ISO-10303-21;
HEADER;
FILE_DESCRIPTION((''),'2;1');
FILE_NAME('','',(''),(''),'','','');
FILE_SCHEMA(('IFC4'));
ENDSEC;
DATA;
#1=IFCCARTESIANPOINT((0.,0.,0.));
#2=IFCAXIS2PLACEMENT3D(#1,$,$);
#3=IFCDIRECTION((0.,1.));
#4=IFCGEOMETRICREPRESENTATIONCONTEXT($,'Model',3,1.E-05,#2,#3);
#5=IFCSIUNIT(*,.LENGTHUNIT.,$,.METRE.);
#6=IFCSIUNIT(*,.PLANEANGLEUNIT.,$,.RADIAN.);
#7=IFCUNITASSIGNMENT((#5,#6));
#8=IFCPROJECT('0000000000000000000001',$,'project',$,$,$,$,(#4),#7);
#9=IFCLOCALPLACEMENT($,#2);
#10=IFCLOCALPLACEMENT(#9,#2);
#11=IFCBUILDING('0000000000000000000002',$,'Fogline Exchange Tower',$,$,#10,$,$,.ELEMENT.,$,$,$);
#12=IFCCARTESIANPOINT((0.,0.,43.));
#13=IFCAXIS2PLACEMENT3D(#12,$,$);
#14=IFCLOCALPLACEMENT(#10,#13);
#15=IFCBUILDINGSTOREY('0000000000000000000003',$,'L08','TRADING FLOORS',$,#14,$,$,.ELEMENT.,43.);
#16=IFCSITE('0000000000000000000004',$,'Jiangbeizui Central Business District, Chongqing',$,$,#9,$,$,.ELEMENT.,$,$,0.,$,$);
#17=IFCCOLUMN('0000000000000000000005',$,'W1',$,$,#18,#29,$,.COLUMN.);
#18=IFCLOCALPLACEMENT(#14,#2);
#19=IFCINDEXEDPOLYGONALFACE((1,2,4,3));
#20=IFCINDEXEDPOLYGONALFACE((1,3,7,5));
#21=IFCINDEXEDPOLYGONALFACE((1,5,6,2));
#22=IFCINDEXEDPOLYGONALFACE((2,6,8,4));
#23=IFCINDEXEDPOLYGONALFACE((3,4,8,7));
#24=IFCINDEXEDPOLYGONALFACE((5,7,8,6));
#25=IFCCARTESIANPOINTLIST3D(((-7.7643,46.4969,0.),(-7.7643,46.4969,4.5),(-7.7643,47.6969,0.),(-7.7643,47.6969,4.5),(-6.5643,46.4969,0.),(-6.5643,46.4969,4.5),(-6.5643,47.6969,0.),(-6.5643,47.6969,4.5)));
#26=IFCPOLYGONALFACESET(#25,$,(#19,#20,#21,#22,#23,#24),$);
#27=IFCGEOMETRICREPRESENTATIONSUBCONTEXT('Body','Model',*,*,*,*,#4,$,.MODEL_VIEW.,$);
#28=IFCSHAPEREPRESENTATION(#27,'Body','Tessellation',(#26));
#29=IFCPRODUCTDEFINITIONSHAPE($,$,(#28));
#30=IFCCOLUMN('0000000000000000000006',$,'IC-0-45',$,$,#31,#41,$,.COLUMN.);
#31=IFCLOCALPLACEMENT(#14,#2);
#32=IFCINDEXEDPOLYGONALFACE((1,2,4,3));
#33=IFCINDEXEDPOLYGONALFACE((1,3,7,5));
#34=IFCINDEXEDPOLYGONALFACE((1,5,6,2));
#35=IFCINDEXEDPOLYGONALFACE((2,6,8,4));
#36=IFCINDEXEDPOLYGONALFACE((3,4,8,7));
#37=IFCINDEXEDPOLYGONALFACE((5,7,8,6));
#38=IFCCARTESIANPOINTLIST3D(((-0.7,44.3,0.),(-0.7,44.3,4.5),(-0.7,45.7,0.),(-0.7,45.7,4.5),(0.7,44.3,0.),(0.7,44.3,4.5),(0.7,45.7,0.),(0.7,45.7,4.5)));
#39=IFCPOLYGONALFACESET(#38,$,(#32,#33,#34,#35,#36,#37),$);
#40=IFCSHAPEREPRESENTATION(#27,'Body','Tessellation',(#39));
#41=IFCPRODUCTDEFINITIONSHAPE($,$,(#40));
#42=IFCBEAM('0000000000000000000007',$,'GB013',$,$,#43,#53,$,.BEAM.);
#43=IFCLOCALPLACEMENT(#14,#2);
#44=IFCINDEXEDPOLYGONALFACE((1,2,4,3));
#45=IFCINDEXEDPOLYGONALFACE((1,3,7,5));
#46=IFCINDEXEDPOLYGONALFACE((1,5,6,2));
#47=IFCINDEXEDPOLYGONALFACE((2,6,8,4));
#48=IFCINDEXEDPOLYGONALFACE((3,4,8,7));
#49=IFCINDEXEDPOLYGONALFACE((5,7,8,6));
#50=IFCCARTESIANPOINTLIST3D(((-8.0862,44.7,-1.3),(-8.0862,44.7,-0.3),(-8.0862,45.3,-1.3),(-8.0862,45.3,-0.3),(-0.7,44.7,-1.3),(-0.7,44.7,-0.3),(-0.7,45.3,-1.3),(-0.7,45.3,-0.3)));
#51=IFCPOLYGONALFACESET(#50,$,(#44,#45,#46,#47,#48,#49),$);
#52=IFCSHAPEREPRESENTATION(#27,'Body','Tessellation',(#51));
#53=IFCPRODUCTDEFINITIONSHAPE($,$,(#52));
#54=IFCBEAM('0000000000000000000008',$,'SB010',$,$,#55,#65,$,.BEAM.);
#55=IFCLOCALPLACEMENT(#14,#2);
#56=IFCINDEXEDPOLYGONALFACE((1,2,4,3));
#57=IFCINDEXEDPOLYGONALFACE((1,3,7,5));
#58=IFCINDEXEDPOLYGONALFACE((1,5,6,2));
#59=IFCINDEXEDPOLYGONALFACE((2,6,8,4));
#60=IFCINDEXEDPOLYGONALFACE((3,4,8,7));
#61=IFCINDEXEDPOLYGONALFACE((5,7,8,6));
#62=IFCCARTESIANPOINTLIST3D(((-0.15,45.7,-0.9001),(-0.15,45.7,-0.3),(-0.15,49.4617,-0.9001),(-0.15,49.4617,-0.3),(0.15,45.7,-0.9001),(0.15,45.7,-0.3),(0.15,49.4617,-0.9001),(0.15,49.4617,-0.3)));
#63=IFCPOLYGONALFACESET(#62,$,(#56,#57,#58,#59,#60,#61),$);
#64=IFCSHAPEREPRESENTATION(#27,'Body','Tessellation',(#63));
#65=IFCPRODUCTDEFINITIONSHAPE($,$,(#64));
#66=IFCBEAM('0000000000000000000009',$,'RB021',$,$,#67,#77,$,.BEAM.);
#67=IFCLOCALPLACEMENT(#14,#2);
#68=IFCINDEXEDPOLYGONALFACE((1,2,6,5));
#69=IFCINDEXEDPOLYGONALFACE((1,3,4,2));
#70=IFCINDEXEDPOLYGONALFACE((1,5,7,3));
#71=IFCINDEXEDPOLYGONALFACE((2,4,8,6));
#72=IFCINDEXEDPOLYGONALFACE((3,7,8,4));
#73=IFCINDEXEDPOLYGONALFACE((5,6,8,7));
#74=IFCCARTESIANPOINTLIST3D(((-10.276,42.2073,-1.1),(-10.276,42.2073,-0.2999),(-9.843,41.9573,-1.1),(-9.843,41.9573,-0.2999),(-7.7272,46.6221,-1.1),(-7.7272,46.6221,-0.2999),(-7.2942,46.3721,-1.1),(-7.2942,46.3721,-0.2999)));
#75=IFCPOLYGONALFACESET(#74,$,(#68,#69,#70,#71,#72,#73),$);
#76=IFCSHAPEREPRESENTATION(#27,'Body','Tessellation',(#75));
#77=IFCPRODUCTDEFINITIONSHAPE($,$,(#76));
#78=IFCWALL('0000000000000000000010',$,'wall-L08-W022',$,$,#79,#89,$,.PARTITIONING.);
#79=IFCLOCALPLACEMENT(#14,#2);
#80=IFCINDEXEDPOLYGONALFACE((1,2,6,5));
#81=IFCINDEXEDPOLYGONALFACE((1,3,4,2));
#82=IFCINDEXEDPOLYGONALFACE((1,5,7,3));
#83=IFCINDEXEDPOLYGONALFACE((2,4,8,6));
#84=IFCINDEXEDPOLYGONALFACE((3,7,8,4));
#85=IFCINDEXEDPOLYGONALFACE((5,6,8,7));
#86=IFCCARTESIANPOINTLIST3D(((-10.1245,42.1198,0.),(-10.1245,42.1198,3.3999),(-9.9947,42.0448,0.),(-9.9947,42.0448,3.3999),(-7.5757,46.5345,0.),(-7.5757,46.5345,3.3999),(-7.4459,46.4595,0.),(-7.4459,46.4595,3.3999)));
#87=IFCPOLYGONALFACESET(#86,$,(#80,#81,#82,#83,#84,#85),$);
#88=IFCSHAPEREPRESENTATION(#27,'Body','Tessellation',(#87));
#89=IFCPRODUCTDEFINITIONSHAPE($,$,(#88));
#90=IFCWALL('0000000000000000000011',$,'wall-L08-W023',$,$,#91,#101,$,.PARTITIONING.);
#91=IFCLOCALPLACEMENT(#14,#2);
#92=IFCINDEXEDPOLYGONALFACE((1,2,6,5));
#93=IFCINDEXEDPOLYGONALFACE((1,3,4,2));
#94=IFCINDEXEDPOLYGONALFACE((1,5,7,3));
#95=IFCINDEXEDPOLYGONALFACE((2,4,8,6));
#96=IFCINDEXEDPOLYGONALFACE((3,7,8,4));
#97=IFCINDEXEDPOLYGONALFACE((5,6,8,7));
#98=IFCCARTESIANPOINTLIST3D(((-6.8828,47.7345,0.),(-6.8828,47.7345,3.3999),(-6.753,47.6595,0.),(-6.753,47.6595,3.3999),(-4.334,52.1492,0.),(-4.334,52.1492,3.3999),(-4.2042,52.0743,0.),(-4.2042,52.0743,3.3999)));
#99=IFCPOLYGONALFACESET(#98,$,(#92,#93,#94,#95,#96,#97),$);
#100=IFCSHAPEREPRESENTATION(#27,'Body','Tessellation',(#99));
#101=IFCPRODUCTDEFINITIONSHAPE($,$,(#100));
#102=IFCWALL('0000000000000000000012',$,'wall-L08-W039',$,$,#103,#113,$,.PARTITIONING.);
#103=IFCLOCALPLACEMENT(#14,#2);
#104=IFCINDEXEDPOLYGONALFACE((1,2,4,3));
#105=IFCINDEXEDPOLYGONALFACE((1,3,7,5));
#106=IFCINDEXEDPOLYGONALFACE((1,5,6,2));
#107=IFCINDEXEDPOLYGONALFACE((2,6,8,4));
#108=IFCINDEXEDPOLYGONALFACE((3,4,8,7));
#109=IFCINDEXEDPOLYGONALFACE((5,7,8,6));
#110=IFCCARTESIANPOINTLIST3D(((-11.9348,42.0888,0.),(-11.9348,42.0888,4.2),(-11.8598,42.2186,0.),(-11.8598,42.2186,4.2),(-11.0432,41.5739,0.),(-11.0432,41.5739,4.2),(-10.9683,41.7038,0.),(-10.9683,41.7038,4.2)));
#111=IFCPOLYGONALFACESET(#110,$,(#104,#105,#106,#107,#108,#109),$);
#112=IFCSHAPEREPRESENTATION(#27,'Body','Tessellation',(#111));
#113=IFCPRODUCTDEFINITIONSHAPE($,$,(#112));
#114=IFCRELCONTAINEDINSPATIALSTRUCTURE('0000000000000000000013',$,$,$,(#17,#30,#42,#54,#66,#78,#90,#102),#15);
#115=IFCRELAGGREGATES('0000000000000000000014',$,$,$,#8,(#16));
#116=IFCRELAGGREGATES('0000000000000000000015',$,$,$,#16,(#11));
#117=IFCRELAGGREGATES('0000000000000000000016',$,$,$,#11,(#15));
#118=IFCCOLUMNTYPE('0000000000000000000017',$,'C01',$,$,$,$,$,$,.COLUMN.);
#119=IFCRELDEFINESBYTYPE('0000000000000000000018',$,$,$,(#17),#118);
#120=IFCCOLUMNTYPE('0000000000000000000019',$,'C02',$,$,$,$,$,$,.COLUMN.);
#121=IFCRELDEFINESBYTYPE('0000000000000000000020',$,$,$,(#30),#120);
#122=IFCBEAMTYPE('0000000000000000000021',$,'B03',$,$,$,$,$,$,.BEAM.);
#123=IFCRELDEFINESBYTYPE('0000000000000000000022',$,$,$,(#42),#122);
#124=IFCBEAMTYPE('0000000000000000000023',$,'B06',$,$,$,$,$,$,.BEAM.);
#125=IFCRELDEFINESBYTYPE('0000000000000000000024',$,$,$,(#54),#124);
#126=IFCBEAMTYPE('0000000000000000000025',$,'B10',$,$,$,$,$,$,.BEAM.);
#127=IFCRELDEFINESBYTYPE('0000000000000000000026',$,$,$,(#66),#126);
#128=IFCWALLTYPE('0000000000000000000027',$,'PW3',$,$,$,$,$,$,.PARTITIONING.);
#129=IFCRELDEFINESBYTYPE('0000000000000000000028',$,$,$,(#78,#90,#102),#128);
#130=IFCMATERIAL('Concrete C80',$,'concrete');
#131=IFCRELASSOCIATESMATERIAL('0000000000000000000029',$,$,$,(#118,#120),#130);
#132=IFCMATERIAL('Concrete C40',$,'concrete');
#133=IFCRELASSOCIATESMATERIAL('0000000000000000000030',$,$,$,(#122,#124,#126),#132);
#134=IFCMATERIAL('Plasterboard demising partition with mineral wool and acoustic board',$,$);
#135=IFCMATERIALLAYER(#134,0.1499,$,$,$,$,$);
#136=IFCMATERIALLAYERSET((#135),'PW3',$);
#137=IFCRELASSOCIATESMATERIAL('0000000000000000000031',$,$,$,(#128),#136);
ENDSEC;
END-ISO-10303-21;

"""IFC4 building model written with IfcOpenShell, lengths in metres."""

from ifc_helpers import new_model, si_unit, direction, frame, frame_2d, origin, origin_2d, place, context, subcontext, project, spatial, rectangle, extrude, material, layer, layer_set, material_profile, profile_set, type_object, element, save


model = new_model("IFC4")

# Units and contexts
model_context = context("Model", 3, precision=1e-05, world=origin(), true_north=direction((0.0, 1.0)))
body_context = subcontext(model_context, "Body", "Model", "MODEL_VIEW")
ifc_project = project(units=[si_unit("LENGTHUNIT", "METRE"), si_unit("PLANEANGLEUNIT", "RADIAN")], contexts=[model_context])

# Site, building, storey
site_placement = place(None, origin())
site = spatial("IfcSite", under=ifc_project, at=site_placement, Name="Jiangbeizui Central Business District, Chongqing", CompositionType="ELEMENT", RefElevation=0.0)
building_placement = place(site_placement, origin())
building = spatial("IfcBuilding", under=site, at=building_placement, Name="Fogline Exchange Tower", CompositionType="ELEMENT")
storey_placement = place(building_placement, frame((0.0, 0.0, 43.0)))
storey = spatial("IfcBuildingStorey", under=building, at=storey_placement, Name="L08", Description="TRADING FLOORS", CompositionType="ELEMENT", Elevation=43.0)

# Columns
ifc_material_1 = material(Name="Concrete C80", Category="concrete")
ifc_material_profile_1 = material_profile(ifc_material_1, rectangle(XDim=1.2, YDim=1.2, at=origin_2d()), Name="RC 1200x1200")
ifc_profile_set_1 = profile_set([ifc_material_profile_1], Name="Concrete C80")
column_type_1 = type_object("IfcColumnType", Name="C01", PredefinedType="COLUMN", material=ifc_profile_set_1)
column_1_placement = place(storey_placement, frame((-7.1643, 47.0969, 0.0), z_axis=(0.0, 0.0, 1.0), x_axis=(1.0, 0.0, 0.0)))
element("IfcColumn", 1, at=column_1_placement, inside=storey, type_object=column_type_1, Name="W1", PredefinedType="COLUMN", context=body_context, shape_type="SweptSolid", body=[
    extrude(rectangle(XDim=1.2, YDim=1.2, at=origin_2d()), origin(), (0.0, 0.0, 1.0), 4.5),
])
ifc_material_profile_2 = material_profile(ifc_material_1, rectangle(XDim=1.3999, YDim=1.3999, at=origin_2d()), Name="RC 1400x1400")
ifc_profile_set_2 = profile_set([ifc_material_profile_2], Name="Concrete C80")
column_type_2 = type_object("IfcColumnType", Name="C02", PredefinedType="COLUMN", material=ifc_profile_set_2)
column_2_placement = place(storey_placement, frame((0.0, 45.0, 0.0), z_axis=(0.0, 0.0, 1.0), x_axis=(1.0, 0.0, 0.0)))
element("IfcColumn", 2, at=column_2_placement, inside=storey, type_object=column_type_2, Name="IC-0-45", PredefinedType="COLUMN", context=body_context, shape_type="SweptSolid", body=[
    extrude(rectangle(XDim=1.3999, YDim=1.3999, at=origin_2d()), origin(), (0.0, 0.0, 1.0), 4.5),
])

# Beams
ifc_material_2 = material(Name="Concrete C40", Category="concrete")
ifc_material_profile_3 = material_profile(ifc_material_2, rectangle(XDim=0.6001, YDim=1.0, at=origin_2d()), Name="RC 600x1000")
ifc_profile_set_3 = profile_set([ifc_material_profile_3], Name="Concrete C40")
beam_type_1 = type_object("IfcBeamType", Name="B03", PredefinedType="BEAM", material=ifc_profile_set_3)
beam_1_placement = place(storey_placement, frame((-8.0862, 45.0, -0.8), z_axis=(1.0, 0.0, 0.0), x_axis=(0.0, 1.0, 0.0)))
element("IfcBeam", 3, at=beam_1_placement, inside=storey, type_object=beam_type_1, Name="GB013", PredefinedType="BEAM", context=body_context, shape_type="SweptSolid", body=[
    extrude(rectangle(XDim=0.6001, YDim=1.0, at=origin_2d()), origin(), (0.0, 0.0, 1.0), 7.3862),
])
ifc_material_profile_4 = material_profile(ifc_material_2, rectangle(XDim=0.3, YDim=0.6001, at=origin_2d()), Name="RC 300x600")
ifc_profile_set_4 = profile_set([ifc_material_profile_4], Name="Concrete C40")
beam_type_2 = type_object("IfcBeamType", Name="B06", PredefinedType="BEAM", material=ifc_profile_set_4)
beam_2_placement = place(storey_placement, frame((0.0, 45.7, -0.6001), z_axis=(0.0, 1.0, 0.0), x_axis=(-1.0, 0.0, 0.0)))
element("IfcBeam", 4, at=beam_2_placement, inside=storey, type_object=beam_type_2, Name="SB010", PredefinedType="BEAM", context=body_context, shape_type="SweptSolid", body=[
    extrude(rectangle(XDim=0.3, YDim=0.6001, at=origin_2d()), origin(), (0.0, 0.0, 1.0), 3.7617),
])
ifc_material_profile_5 = material_profile(ifc_material_2, rectangle(XDim=0.5, YDim=0.8, at=origin_2d()), Name="RC 500x800")
ifc_profile_set_5 = profile_set([ifc_material_profile_5], Name="Concrete C40")
beam_type_3 = type_object("IfcBeamType", Name="B10", PredefinedType="BEAM", material=ifc_profile_set_5)
beam_3_placement = place(storey_placement, frame((-7.5107, 46.4971, -0.7), z_axis=(-0.499992, -0.86603, 0.0), x_axis=(0.86603, -0.499992, 0.0)))
element("IfcBeam", 5, at=beam_3_placement, inside=storey, type_object=beam_type_3, Name="RB021", PredefinedType="BEAM", context=body_context, shape_type="SweptSolid", body=[
    extrude(rectangle(XDim=0.5, YDim=0.8, at=origin_2d()), origin(), (0.0, 0.0, 1.0), 5.0977),
])

# Walls
ifc_material_3 = material(Name="Plasterboard demising partition with mineral wool and acoustic board")
ifc_layer = layer(ifc_material_3, 0.1499)
ifc_layer_set = layer_set([ifc_layer], Name="PW3")
wall_type = type_object("IfcWallType", Name="PW3", PredefinedType="PARTITIONING", material=ifc_layer_set)
for number, where, z_axis, x_axis, name in (
    (6, (-10.0596, 42.0823, 0.0), (0.0, 0.0, 1.0), (0.499992, 0.86603, 0.0), "wall-L08-W022"),
    (7, (-6.8179, 47.697, 0.0), (0.0, 0.0, 1.0), (0.499992, 0.86603, 0.0), "wall-L08-W023"),
):
    element("IfcWall", number, at=place(storey_placement, frame(where, z_axis=z_axis, x_axis=x_axis)), inside=storey, type_object=wall_type, Name=name, PredefinedType="PARTITIONING", context=body_context, shape_type="SweptSolid", body=[
        extrude(rectangle(XDim=5.0977, YDim=0.1499, at=frame_2d((2.5488, 0.0))), origin(), (0.0, 0.0, 1.0), 3.3999),
    ])
wall_placement = place(storey_placement, frame((-11.0059, 41.6389, 0.0), z_axis=(0.0, 0.0, 1.0), x_axis=(-0.865972, 0.500092, 0.0)))
element("IfcWall", 8, at=wall_placement, inside=storey, type_object=wall_type, Name="wall-L08-W039", PredefinedType="PARTITIONING", context=body_context, shape_type="SweptSolid", body=[
    extrude(rectangle(XDim=1.0295, YDim=0.1499, at=frame_2d((0.5146, 0.0))), origin(), (0.0, 0.0, 1.0), 4.2),
])

save(model, "model.ifc")
